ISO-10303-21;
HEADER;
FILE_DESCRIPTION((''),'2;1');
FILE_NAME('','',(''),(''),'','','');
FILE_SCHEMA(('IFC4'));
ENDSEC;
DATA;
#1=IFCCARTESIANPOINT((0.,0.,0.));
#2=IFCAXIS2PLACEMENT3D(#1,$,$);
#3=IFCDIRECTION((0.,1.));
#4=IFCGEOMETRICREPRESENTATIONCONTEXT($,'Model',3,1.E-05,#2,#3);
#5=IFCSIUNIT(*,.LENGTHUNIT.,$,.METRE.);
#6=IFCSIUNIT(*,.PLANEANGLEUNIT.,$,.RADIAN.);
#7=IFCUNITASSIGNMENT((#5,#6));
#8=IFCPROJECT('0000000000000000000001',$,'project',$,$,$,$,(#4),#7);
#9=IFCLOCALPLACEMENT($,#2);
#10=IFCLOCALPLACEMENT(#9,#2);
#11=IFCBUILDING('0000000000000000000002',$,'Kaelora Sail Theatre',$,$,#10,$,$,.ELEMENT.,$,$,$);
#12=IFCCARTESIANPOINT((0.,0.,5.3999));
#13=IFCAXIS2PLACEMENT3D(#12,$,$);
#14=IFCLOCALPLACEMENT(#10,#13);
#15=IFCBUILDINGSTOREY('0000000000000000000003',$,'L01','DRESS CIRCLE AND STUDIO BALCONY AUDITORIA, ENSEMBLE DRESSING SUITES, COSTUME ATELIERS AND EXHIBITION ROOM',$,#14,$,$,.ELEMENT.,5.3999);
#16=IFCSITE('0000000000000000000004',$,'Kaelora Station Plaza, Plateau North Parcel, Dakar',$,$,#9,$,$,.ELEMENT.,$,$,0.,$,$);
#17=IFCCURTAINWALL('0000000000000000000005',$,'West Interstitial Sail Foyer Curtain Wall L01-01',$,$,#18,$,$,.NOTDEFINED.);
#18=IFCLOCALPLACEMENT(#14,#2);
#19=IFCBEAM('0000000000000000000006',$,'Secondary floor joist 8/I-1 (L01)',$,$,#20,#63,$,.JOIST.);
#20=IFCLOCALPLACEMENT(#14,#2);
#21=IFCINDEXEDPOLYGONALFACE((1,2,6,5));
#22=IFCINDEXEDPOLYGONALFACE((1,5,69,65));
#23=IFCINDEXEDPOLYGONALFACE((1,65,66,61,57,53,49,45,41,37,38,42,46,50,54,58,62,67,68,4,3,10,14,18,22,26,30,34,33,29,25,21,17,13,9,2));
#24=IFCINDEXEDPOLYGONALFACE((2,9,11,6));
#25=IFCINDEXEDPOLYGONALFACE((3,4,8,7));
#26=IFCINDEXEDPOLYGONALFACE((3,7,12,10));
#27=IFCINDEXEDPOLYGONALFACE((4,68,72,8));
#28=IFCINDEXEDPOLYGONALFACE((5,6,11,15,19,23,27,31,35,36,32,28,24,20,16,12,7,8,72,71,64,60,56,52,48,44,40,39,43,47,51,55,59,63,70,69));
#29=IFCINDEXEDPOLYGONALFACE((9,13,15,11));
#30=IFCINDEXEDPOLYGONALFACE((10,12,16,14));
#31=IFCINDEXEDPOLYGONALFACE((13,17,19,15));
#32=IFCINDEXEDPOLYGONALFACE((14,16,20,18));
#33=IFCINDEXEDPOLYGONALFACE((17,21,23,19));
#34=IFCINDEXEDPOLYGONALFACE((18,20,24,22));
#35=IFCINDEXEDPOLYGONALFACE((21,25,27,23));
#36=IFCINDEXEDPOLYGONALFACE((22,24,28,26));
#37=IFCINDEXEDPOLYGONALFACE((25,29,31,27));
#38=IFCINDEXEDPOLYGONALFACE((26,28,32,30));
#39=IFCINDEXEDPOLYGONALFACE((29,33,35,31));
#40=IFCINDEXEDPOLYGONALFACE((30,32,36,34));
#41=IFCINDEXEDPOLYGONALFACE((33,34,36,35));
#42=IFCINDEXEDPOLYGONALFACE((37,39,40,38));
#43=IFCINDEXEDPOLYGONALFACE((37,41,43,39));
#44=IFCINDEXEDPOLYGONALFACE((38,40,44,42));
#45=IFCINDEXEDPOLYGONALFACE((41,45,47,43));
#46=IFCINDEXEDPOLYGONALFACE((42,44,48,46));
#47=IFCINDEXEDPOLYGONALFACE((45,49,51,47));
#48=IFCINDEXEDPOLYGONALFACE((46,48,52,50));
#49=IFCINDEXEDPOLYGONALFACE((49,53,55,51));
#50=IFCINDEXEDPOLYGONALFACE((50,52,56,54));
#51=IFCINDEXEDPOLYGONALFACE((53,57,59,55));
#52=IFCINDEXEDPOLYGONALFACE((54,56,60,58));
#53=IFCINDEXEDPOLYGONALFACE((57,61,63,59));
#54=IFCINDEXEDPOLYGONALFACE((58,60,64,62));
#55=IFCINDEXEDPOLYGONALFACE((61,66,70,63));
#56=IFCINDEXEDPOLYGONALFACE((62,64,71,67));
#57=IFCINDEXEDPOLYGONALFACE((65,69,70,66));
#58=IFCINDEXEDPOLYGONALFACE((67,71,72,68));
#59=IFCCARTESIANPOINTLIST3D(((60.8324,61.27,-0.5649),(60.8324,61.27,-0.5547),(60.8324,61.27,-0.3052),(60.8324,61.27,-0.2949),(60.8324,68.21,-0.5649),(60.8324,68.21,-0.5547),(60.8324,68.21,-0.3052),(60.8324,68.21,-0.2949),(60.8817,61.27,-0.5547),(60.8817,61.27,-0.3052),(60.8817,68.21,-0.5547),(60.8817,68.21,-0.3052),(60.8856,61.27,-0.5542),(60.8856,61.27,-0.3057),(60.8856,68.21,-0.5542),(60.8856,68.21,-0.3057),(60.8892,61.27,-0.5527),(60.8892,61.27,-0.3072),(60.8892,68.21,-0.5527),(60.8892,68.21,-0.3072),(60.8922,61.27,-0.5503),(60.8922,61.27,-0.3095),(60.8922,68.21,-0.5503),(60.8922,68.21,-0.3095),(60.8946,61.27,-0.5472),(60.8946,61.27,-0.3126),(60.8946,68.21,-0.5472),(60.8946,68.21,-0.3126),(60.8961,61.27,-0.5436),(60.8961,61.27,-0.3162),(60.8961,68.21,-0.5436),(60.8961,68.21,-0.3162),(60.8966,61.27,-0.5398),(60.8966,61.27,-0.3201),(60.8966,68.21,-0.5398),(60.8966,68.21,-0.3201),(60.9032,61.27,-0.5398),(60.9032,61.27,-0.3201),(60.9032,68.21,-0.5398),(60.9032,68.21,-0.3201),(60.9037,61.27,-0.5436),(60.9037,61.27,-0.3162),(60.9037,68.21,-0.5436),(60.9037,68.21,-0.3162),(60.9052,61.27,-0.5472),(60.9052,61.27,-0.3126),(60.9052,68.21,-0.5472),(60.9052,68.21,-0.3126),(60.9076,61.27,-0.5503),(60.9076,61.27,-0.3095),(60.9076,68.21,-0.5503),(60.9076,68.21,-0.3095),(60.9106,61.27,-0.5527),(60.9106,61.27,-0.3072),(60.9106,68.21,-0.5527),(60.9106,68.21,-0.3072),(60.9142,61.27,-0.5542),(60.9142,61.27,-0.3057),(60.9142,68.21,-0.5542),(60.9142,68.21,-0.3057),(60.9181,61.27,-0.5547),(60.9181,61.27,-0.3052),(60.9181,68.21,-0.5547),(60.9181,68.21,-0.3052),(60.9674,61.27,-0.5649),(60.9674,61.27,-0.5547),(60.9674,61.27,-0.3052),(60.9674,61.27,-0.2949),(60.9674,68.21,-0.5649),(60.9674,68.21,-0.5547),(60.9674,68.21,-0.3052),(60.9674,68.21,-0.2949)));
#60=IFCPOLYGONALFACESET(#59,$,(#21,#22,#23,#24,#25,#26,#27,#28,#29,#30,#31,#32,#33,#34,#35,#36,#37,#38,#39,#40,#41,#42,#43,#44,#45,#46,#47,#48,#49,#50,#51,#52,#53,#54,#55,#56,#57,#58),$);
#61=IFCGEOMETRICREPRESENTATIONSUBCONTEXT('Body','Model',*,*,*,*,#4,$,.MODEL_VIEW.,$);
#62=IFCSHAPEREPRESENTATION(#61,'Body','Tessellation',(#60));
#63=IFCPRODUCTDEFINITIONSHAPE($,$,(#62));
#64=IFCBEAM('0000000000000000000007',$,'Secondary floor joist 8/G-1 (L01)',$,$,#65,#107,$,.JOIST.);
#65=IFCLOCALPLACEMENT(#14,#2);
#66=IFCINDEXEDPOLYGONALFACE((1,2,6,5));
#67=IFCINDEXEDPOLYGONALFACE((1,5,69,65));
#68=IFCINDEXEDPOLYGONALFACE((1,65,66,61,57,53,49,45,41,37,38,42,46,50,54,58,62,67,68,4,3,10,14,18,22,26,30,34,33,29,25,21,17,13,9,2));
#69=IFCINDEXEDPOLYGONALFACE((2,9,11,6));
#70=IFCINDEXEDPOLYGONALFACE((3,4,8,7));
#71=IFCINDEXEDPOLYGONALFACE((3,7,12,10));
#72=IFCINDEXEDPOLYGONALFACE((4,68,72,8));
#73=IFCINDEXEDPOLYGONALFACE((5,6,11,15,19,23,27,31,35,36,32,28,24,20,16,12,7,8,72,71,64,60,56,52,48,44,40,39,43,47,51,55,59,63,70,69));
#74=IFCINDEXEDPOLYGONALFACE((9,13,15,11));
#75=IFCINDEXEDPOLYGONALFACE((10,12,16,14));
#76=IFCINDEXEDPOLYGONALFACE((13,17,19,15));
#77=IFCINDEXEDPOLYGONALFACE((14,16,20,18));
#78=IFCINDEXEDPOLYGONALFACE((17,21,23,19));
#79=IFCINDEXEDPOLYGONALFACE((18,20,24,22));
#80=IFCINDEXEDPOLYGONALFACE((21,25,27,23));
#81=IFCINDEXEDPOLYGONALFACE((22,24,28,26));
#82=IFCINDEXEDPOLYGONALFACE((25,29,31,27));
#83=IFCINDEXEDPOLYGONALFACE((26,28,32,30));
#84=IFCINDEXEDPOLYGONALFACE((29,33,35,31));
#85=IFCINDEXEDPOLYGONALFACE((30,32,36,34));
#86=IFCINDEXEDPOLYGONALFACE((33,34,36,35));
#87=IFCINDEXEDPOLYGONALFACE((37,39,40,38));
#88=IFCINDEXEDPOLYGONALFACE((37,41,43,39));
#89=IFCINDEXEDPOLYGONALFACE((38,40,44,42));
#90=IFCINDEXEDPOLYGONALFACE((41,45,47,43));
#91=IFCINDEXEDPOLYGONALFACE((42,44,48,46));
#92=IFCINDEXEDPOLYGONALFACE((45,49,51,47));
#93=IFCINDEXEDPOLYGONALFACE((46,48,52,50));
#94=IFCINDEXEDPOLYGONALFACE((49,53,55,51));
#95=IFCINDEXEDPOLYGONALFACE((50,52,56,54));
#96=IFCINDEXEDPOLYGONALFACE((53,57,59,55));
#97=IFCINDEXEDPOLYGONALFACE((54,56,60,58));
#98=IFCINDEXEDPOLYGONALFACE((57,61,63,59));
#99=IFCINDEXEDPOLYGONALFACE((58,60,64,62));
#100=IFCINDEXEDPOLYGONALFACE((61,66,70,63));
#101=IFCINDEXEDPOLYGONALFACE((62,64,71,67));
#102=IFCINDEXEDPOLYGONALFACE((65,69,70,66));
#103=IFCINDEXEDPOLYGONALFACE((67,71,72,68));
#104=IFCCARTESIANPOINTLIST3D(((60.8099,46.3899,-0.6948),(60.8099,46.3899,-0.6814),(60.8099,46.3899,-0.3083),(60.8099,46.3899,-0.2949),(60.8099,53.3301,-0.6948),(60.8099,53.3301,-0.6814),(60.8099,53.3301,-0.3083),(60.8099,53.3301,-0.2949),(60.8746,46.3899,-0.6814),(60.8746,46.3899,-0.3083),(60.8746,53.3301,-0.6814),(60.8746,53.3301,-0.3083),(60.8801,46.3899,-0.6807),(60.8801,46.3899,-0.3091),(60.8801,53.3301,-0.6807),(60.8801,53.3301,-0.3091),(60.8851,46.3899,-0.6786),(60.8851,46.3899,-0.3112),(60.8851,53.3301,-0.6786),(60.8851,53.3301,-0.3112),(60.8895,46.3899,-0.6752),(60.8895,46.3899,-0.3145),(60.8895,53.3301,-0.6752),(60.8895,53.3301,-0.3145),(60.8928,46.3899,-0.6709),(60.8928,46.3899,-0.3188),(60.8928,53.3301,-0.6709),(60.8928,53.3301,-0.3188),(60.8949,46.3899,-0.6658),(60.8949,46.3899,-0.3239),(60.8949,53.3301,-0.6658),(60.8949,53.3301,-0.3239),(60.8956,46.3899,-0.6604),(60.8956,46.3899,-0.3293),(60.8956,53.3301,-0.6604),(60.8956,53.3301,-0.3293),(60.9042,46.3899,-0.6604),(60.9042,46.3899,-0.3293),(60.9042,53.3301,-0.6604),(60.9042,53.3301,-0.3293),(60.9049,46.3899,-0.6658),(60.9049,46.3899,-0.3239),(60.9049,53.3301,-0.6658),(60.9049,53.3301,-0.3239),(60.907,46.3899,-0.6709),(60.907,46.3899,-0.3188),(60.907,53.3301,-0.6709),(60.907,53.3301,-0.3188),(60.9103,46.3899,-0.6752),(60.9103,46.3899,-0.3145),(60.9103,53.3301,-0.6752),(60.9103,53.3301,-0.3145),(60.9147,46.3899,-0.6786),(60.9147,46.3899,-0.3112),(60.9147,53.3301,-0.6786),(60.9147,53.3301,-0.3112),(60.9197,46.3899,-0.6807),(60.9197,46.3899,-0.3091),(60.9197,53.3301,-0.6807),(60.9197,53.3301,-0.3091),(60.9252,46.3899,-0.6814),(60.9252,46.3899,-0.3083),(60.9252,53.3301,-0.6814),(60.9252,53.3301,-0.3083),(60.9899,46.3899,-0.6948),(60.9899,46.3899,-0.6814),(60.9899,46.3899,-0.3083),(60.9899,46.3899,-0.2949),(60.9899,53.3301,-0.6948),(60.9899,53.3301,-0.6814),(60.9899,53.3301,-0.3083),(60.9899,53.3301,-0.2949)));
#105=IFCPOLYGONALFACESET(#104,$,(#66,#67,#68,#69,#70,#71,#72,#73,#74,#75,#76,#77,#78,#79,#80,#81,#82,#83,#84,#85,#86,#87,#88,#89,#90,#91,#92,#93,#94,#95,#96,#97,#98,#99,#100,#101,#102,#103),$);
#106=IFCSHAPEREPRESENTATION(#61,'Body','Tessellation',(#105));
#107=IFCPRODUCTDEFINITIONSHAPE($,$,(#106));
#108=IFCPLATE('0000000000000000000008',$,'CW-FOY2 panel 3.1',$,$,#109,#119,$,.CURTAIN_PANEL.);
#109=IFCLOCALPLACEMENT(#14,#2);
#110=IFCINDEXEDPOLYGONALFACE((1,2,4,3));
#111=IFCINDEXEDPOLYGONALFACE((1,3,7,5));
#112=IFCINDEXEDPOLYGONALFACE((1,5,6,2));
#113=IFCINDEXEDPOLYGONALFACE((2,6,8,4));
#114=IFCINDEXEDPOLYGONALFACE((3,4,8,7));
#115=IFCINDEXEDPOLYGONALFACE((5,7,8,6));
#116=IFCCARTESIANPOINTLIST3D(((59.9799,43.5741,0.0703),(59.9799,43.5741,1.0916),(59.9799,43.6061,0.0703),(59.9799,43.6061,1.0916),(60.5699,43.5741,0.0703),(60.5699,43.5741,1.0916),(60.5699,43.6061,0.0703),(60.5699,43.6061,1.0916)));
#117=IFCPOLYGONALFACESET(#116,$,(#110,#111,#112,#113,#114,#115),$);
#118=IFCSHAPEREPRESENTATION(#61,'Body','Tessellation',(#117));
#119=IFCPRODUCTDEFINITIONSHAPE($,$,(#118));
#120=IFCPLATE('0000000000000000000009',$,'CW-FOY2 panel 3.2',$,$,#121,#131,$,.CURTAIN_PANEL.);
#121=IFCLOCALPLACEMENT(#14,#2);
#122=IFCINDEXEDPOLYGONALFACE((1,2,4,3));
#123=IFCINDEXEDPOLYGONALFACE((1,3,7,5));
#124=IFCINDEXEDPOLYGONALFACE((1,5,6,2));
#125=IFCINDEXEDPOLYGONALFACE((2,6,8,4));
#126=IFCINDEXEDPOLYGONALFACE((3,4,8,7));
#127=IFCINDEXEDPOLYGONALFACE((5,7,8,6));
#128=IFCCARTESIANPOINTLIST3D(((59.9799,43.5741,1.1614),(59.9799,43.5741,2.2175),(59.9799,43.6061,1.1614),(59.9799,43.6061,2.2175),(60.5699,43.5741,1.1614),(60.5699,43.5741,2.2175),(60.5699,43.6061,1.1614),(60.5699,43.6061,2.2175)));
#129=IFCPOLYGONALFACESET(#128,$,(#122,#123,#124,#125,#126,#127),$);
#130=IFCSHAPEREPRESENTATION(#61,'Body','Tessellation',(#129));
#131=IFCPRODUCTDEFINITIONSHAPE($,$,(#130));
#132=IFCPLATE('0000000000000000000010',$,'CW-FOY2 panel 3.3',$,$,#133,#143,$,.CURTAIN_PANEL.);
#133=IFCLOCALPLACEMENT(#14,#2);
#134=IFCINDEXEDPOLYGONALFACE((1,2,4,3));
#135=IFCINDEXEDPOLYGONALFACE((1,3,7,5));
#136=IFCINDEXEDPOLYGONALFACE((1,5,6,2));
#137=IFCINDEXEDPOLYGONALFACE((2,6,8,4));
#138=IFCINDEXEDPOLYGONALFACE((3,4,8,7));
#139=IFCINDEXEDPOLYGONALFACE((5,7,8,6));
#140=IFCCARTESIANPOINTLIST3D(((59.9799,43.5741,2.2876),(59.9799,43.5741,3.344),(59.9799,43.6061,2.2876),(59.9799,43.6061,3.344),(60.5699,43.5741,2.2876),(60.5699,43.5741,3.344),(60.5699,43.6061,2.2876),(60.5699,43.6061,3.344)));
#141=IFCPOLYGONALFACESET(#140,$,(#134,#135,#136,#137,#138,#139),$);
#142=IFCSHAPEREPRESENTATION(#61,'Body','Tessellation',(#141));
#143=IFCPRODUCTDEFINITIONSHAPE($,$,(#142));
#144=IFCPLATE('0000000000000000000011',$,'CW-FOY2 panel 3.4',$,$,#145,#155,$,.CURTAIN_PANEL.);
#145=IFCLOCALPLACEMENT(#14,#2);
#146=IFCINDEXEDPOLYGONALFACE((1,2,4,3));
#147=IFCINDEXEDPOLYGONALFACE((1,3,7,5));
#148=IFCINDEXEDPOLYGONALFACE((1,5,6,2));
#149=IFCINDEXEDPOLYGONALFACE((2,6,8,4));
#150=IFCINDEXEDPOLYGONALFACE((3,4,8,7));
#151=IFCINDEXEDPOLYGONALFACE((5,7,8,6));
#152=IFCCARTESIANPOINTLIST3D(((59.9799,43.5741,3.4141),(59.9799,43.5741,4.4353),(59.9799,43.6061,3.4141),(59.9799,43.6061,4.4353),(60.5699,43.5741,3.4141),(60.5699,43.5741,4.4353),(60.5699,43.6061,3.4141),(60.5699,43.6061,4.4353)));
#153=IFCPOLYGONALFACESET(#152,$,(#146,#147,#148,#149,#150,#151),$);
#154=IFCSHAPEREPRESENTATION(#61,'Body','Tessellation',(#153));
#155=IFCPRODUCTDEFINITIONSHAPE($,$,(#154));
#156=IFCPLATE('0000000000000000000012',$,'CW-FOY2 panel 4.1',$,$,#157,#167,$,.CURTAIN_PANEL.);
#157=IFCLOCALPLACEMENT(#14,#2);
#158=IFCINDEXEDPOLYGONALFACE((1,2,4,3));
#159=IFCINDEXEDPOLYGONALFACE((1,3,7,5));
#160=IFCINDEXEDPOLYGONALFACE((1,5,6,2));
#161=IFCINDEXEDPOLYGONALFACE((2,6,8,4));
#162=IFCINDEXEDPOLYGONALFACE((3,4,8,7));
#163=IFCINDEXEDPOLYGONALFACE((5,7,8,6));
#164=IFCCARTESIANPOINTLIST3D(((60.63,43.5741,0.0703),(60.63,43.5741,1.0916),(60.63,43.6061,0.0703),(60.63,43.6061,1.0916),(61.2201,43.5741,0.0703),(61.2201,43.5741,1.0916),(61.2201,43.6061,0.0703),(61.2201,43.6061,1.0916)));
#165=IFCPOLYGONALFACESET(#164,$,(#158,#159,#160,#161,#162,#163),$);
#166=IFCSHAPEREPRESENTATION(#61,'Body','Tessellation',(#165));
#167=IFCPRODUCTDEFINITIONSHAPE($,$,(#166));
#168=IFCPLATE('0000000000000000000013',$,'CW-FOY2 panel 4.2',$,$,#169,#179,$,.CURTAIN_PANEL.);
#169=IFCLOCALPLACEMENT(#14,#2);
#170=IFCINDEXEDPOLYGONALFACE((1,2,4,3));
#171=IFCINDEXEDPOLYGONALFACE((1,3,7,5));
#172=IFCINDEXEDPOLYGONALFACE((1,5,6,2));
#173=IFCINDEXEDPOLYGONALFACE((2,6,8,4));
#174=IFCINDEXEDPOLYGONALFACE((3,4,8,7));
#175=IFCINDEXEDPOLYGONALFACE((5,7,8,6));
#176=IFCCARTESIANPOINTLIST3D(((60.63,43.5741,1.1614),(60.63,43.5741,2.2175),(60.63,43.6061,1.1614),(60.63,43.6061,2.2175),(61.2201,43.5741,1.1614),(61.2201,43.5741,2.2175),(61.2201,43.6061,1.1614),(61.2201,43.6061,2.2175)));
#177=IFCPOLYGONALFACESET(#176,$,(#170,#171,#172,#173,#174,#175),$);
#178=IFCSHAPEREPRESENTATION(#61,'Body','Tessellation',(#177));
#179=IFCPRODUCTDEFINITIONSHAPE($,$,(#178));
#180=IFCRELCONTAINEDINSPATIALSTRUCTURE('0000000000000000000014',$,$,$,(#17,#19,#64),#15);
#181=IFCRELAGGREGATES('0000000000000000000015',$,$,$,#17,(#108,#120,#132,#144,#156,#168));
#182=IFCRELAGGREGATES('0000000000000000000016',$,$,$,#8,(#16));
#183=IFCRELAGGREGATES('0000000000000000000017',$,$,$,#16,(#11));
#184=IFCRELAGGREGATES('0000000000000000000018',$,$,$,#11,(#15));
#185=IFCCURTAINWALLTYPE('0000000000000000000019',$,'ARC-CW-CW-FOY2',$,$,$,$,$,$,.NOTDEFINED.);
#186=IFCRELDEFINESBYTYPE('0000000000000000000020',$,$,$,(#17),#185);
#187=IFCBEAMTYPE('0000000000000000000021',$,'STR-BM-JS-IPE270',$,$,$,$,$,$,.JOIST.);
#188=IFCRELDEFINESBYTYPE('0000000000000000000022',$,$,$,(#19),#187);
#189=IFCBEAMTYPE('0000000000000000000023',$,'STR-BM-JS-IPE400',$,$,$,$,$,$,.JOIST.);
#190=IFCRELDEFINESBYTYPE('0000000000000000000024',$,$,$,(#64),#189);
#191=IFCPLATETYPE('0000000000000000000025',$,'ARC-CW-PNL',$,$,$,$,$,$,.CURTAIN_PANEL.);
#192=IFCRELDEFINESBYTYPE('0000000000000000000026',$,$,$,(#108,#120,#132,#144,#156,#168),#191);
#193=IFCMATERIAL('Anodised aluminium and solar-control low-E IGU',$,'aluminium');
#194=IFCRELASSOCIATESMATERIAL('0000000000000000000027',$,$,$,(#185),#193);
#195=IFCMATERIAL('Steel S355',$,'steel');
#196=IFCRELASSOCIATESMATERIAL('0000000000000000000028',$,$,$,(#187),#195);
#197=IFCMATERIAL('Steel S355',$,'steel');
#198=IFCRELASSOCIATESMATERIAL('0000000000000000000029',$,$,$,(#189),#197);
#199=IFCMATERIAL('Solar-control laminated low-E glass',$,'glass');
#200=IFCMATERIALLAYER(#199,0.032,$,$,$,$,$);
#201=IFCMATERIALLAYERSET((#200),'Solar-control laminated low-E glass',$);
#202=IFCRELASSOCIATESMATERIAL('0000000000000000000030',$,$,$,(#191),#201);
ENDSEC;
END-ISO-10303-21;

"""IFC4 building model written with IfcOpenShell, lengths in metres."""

from ifc_helpers import new_model, si_unit, direction, frame, origin, origin_2d, place, context, subcontext, project, spatial, rectangle, i_section, extrude, material, layer, layer_set, material_profile, profile_set, type_object, element, aggregate, save


model = new_model("IFC4")

# Units and contexts
model_context = context("Model", 3, precision=1e-05, world=origin(), true_north=direction((0.0, 1.0)))
body_context = subcontext(model_context, "Body", "Model", "MODEL_VIEW")
ifc_project = project(units=[si_unit("LENGTHUNIT", "METRE"), si_unit("PLANEANGLEUNIT", "RADIAN")], contexts=[model_context])

# Site, building, storey
site_placement = place(None, origin())
site = spatial("IfcSite", under=ifc_project, at=site_placement, Name="Kaelora Station Plaza, Plateau North Parcel, Dakar", CompositionType="ELEMENT", RefElevation=0.0)
building_placement = place(site_placement, origin())
building = spatial("IfcBuilding", under=site, at=building_placement, Name="Kaelora Sail Theatre", CompositionType="ELEMENT")
storey_placement = place(building_placement, frame((0.0, 0.0, 5.3999)))
storey = spatial("IfcBuildingStorey", under=building, at=storey_placement, Name="L01", Description="DRESS CIRCLE AND STUDIO BALCONY AUDITORIA, ENSEMBLE DRESSING SUITES, COSTUME ATELIERS AND EXHIBITION ROOM", CompositionType="ELEMENT", Elevation=5.3999)

# Curtain wall
ifc_material_1 = material(Name="Anodised aluminium and solar-control low-E IGU", Category="aluminium")
curtain_wall_type = type_object("IfcCurtainWallType", Name="ARC-CW-CW-FOY2", PredefinedType="NOTDEFINED", material=ifc_material_1)
curtain_wall_placement = place(storey_placement, origin())
curtain_wall = element("IfcCurtainWall", 1, at=curtain_wall_placement, inside=storey, type_object=curtain_wall_type, Name="West Interstitial Sail Foyer Curtain Wall L01-01", PredefinedType="NOTDEFINED")

# Beams
ifc_material_2 = material(Name="Steel S355", Category="steel")
ifc_material_profile_1 = material_profile(ifc_material_2, i_section(OverallWidth=0.135, OverallDepth=0.27, WebThickness=0.0066, FlangeThickness=0.0103, FilletRadius=0.0149, at=origin_2d()), Name="IPE 270")
ifc_profile_set_1 = profile_set([ifc_material_profile_1], Name="Steel S355")
beam_type_1 = type_object("IfcBeamType", Name="STR-BM-JS-IPE270", PredefinedType="JOIST", material=ifc_profile_set_1)
beam_1_placement = place(storey_placement, frame((60.8999, 61.27, -0.4299), z_axis=(0.0, 1.0, 0.0), x_axis=(-1.0, 0.0, 0.0)))
element("IfcBeam", 2, at=beam_1_placement, inside=storey, type_object=beam_type_1, Name="Secondary floor joist 8/I-1 (L01)", PredefinedType="JOIST", context=body_context, shape_type="SweptSolid", body=[
    extrude(i_section(OverallWidth=0.135, OverallDepth=0.27, WebThickness=0.0066, FlangeThickness=0.0103, FilletRadius=0.0149, at=origin_2d()), origin(), (0.0, 0.0, 1.0), 6.9399),
])
ifc_material_3 = material(Name="Steel S355", Category="steel")
ifc_material_profile_2 = material_profile(ifc_material_3, i_section(OverallWidth=0.1799, OverallDepth=0.3999, WebThickness=0.0085, FlangeThickness=0.0134, FilletRadius=0.021, at=origin_2d()), Name="IPE 400")
ifc_profile_set_2 = profile_set([ifc_material_profile_2], Name="Steel S355")
beam_type_2 = type_object("IfcBeamType", Name="STR-BM-JS-IPE400", PredefinedType="JOIST", material=ifc_profile_set_2)
beam_2_placement = place(storey_placement, frame((60.8999, 46.3899, -0.4949), z_axis=(0.0, 1.0, 0.0), x_axis=(-1.0, 0.0, 0.0)))
element("IfcBeam", 3, at=beam_2_placement, inside=storey, type_object=beam_type_2, Name="Secondary floor joist 8/G-1 (L01)", PredefinedType="JOIST", context=body_context, shape_type="SweptSolid", body=[
    extrude(i_section(OverallWidth=0.1799, OverallDepth=0.3999, WebThickness=0.0085, FlangeThickness=0.0134, FilletRadius=0.021, at=origin_2d()), origin(), (0.0, 0.0, 1.0), 6.9402),
])

# Plates
ifc_material_4 = material(Name="Solar-control laminated low-E glass", Category="glass")
ifc_layer = layer(ifc_material_4, 0.032)
ifc_layer_set = layer_set([ifc_layer], Name="Solar-control laminated low-E glass")
plate_type = type_object("IfcPlateType", Name="ARC-CW-PNL", PredefinedType="CURTAIN_PANEL", material=ifc_layer_set)
plate_1_placement = place(storey_placement, frame((60.2749, 43.5901, 0.0703), z_axis=(0.0, 0.0, 1.0), x_axis=(1.0, 0.0, 0.0)))
plate_1 = element("IfcPlate", 4, at=plate_1_placement, type_object=plate_type, Name="CW-FOY2 panel 3.1", PredefinedType="CURTAIN_PANEL", context=body_context, shape_type="SweptSolid", body=[
    extrude(rectangle(XDim=0.5901, YDim=0.032, at=origin_2d()), origin(), (0.0, 0.0, 1.0), 1.0212),
])
plate_2_placement = place(storey_placement, frame((60.2749, 43.5901, 1.1614), z_axis=(0.0, 0.0, 1.0), x_axis=(1.0, 0.0, 0.0)))
plate_2 = element("IfcPlate", 5, at=plate_2_placement, type_object=plate_type, Name="CW-FOY2 panel 3.2", PredefinedType="CURTAIN_PANEL", context=body_context, shape_type="SweptSolid", body=[
    extrude(rectangle(XDim=0.5901, YDim=0.032, at=origin_2d()), origin(), (0.0, 0.0, 1.0), 1.0562),
])
plate_3_placement = place(storey_placement, frame((60.2749, 43.5901, 2.2876), z_axis=(0.0, 0.0, 1.0), x_axis=(1.0, 0.0, 0.0)))
plate_3 = element("IfcPlate", 6, at=plate_3_placement, type_object=plate_type, Name="CW-FOY2 panel 3.3", PredefinedType="CURTAIN_PANEL", context=body_context, shape_type="SweptSolid", body=[
    extrude(rectangle(XDim=0.5901, YDim=0.032, at=origin_2d()), origin(), (0.0, 0.0, 1.0), 1.0564),
])
plate_4_placement = place(storey_placement, frame((60.2749, 43.5901, 3.4141), z_axis=(0.0, 0.0, 1.0), x_axis=(1.0, 0.0, 0.0)))
plate_4 = element("IfcPlate", 7, at=plate_4_placement, type_object=plate_type, Name="CW-FOY2 panel 3.4", PredefinedType="CURTAIN_PANEL", context=body_context, shape_type="SweptSolid", body=[
    extrude(rectangle(XDim=0.5901, YDim=0.032, at=origin_2d()), origin(), (0.0, 0.0, 1.0), 1.0212),
])
plate_5_placement = place(storey_placement, frame((60.925, 43.5901, 0.0703), z_axis=(0.0, 0.0, 1.0), x_axis=(1.0, 0.0, 0.0)))
plate_5 = element("IfcPlate", 8, at=plate_5_placement, type_object=plate_type, Name="CW-FOY2 panel 4.1", PredefinedType="CURTAIN_PANEL", context=body_context, shape_type="SweptSolid", body=[
    extrude(rectangle(XDim=0.5901, YDim=0.032, at=origin_2d()), origin(), (0.0, 0.0, 1.0), 1.0212),
])
plate_6_placement = place(storey_placement, frame((60.925, 43.5901, 1.1614), z_axis=(0.0, 0.0, 1.0), x_axis=(1.0, 0.0, 0.0)))
plate_6 = element("IfcPlate", 9, at=plate_6_placement, type_object=plate_type, Name="CW-FOY2 panel 4.2", PredefinedType="CURTAIN_PANEL", context=body_context, shape_type="SweptSolid", body=[
    extrude(rectangle(XDim=0.5901, YDim=0.032, at=origin_2d()), origin(), (0.0, 0.0, 1.0), 1.0562),
])
aggregate(curtain_wall, [plate_1, plate_2, plate_3, plate_4, plate_5, plate_6])

save(model, "model.ifc")
